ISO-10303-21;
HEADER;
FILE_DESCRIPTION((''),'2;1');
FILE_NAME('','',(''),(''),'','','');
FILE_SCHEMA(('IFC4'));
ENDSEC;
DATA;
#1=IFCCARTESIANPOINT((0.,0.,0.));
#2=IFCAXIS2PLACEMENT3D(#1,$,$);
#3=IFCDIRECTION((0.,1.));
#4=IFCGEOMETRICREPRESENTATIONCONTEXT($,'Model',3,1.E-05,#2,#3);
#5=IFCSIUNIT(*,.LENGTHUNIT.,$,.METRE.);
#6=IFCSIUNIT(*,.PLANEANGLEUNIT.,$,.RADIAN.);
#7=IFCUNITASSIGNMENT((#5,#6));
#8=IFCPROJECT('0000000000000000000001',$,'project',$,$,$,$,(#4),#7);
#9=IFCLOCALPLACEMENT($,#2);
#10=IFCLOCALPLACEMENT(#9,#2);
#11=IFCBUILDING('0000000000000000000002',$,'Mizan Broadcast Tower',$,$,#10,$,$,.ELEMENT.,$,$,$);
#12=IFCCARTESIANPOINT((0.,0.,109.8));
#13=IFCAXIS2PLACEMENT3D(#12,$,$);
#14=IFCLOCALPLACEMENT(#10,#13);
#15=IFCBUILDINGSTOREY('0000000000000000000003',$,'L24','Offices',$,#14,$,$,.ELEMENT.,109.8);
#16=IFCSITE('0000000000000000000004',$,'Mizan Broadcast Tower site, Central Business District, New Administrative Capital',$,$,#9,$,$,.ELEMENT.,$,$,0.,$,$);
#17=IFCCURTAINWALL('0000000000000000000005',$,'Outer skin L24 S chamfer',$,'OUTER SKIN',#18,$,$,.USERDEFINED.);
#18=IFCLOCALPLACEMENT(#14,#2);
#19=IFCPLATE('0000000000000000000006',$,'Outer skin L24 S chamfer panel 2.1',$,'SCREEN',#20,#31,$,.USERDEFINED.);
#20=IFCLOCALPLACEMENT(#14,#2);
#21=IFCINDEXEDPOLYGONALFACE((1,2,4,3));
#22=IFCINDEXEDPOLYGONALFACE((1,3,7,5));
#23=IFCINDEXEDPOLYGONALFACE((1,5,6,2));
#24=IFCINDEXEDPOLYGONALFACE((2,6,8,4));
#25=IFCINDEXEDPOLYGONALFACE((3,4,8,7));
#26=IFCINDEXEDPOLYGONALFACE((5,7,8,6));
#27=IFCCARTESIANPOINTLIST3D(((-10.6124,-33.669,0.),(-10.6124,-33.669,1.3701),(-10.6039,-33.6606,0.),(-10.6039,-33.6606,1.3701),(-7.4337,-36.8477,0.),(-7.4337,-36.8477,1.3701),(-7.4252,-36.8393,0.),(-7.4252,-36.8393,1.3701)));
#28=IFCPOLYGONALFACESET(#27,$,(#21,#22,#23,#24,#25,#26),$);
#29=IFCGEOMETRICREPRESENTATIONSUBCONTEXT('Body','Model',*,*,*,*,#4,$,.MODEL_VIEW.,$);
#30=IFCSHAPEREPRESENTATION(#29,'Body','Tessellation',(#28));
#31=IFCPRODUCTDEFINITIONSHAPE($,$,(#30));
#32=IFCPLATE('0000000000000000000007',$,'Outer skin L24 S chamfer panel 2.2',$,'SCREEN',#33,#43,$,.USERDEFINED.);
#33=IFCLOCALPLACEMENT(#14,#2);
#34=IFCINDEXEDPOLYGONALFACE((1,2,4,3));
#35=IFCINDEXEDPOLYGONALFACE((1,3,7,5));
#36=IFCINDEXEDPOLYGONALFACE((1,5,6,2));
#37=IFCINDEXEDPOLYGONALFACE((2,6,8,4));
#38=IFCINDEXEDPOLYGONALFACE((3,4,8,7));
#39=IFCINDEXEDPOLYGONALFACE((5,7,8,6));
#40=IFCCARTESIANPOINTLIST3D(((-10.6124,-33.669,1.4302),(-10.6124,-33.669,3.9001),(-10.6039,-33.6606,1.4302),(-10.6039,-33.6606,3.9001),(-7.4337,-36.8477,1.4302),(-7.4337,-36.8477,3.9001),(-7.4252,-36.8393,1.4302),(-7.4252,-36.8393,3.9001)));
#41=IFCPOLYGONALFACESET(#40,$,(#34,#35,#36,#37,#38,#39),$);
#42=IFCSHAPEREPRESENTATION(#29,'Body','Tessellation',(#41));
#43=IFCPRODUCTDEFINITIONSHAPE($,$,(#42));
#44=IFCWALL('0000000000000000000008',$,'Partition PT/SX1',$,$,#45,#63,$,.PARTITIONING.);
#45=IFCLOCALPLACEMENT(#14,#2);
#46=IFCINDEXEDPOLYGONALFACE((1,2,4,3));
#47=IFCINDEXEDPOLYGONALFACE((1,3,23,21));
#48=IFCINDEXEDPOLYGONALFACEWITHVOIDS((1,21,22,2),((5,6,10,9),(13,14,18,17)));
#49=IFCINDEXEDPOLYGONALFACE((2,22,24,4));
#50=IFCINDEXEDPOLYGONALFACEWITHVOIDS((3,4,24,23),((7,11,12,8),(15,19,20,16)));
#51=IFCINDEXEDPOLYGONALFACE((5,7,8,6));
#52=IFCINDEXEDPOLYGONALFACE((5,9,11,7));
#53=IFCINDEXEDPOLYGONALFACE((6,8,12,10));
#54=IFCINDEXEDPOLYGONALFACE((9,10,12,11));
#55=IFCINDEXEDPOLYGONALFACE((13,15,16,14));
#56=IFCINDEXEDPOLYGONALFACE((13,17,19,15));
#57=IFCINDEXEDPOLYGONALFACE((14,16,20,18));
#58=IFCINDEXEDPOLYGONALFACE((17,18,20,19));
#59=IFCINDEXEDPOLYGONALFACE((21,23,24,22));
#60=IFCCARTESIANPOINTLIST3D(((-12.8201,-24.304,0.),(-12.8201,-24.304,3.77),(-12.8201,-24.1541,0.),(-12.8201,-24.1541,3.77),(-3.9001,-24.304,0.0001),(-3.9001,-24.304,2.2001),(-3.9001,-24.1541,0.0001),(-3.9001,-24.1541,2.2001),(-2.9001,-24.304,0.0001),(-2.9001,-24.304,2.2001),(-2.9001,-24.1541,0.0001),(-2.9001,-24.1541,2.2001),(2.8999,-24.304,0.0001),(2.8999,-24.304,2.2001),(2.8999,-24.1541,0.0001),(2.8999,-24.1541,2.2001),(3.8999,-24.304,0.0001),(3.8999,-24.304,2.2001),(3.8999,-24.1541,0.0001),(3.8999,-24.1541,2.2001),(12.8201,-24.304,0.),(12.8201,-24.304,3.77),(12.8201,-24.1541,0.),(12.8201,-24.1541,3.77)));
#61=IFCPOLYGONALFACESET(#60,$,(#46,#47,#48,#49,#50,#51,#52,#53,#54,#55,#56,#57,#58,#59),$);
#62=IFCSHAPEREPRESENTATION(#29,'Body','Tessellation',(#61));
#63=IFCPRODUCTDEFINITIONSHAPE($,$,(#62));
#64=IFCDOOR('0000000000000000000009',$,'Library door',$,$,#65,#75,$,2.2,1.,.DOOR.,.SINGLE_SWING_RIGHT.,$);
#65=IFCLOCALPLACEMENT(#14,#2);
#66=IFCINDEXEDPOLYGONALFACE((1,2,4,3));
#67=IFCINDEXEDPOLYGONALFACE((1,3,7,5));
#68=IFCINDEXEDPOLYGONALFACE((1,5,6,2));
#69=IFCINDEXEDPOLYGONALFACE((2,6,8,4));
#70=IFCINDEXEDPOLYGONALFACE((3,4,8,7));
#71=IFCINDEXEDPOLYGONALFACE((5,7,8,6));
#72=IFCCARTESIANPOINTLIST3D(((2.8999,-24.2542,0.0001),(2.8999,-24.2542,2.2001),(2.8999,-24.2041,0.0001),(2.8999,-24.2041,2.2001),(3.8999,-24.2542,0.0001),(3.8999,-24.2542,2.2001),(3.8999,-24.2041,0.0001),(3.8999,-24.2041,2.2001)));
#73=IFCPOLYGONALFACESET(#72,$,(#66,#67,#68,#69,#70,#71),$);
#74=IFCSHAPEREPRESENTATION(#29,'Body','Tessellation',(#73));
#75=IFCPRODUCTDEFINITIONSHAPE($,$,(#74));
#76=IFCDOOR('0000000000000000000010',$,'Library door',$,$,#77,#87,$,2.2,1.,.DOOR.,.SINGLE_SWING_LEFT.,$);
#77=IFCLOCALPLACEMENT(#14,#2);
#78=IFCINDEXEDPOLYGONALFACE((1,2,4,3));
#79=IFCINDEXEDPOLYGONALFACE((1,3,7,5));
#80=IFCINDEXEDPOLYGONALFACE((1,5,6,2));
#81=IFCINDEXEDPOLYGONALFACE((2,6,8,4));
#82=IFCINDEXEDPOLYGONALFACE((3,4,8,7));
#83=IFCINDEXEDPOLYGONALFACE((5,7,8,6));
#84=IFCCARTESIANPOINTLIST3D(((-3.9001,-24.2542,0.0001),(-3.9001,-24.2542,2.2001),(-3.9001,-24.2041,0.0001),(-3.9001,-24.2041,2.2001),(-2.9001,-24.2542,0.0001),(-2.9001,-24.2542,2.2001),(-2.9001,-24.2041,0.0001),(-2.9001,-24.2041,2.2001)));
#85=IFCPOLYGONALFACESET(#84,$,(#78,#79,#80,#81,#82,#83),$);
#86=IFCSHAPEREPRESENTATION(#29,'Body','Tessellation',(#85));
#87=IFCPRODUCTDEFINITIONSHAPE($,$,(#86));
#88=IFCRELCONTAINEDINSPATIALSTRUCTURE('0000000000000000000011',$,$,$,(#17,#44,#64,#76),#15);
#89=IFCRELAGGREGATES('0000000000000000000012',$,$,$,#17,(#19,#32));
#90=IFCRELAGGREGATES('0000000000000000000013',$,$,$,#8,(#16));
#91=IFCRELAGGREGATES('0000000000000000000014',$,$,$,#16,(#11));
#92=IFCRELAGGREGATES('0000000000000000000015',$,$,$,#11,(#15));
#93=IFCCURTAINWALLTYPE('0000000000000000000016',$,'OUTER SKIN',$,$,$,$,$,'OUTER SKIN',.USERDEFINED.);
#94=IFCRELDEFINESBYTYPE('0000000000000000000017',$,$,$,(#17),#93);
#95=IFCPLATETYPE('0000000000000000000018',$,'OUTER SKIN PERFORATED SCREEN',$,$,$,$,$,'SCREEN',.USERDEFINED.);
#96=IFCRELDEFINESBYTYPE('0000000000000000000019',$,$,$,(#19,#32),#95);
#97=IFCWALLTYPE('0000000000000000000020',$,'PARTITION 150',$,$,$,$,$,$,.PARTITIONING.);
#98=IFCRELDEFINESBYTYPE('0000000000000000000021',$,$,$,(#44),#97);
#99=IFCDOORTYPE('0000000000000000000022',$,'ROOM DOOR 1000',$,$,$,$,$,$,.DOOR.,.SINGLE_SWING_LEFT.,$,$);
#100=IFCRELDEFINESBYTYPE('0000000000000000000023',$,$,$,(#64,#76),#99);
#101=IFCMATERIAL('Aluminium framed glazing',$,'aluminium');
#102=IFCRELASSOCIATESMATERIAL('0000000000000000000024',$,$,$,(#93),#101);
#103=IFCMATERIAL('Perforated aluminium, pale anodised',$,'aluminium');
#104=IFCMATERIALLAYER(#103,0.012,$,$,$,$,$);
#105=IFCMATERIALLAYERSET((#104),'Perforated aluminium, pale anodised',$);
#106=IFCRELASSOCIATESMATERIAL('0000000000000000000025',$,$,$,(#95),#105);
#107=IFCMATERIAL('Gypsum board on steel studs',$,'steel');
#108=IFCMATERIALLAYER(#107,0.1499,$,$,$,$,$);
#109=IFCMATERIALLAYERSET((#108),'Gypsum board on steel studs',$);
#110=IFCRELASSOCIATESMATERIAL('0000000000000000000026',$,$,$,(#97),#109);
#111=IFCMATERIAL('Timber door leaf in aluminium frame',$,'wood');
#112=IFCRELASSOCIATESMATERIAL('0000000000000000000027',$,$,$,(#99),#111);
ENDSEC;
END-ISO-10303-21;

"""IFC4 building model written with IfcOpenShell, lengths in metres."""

from ifc_helpers import new_model, si_unit, direction, frame, frame_2d, origin, origin_2d, place, context, subcontext, project, spatial, rectangle, extrude, material, layer, layer_set, type_object, element, fill, aggregate, save


model = new_model("IFC4")

# Units and contexts
model_context = context("Model", 3, precision=1e-05, world=origin(), true_north=direction((0.0, 1.0)))
body_context = subcontext(model_context, "Body", "Model", "MODEL_VIEW")
ifc_project = project(units=[si_unit("LENGTHUNIT", "METRE"), si_unit("PLANEANGLEUNIT", "RADIAN")], contexts=[model_context])

# Site, building, storey
site_placement = place(None, origin())
site = spatial("IfcSite", under=ifc_project, at=site_placement, Name="Mizan Broadcast Tower site, Central Business District, New Administrative Capital", CompositionType="ELEMENT", RefElevation=0.0)
building_placement = place(site_placement, origin())
building = spatial("IfcBuilding", under=site, at=building_placement, Name="Mizan Broadcast Tower", CompositionType="ELEMENT")
storey_placement = place(building_placement, frame((0.0, 0.0, 109.8)))
storey = spatial("IfcBuildingStorey", under=building, at=storey_placement, Name="L24", Description="Offices", CompositionType="ELEMENT", Elevation=109.8)

# Curtain wall
ifc_material_1 = material(Name="Aluminium framed glazing", Category="aluminium")
curtain_wall_type_1 = type_object("IfcCurtainWallType", Name="OUTER SKIN", ElementType="OUTER SKIN", PredefinedType="USERDEFINED", material=ifc_material_1)
curtain_wall_1_placement = place(storey_placement, origin())
curtain_wall_1 = element("IfcCurtainWall", 1, at=curtain_wall_1_placement, inside=storey, type_object=curtain_wall_type_1, Name="Outer skin L24 S chamfer", ObjectType="OUTER SKIN", PredefinedType="USERDEFINED")

# Plates
ifc_material_2 = material(Name="Perforated aluminium, pale anodised", Category="aluminium")
ifc_layer_1 = layer(ifc_material_2, 0.012)
ifc_layer_set_1 = layer_set([ifc_layer_1], Name="Perforated aluminium, pale anodised")
plate_type_1 = type_object("IfcPlateType", Name="OUTER SKIN PERFORATED SCREEN", ElementType="SCREEN", PredefinedType="USERDEFINED", material=ifc_layer_set_1)
plate_1_placement = place(storey_placement, frame((-9.0188, -35.2542, 0.0), z_axis=(0.0, 0.0, 1.0), x_axis=(0.707107, -0.707107, 0.0)))
plate_1 = element("IfcPlate", 2, at=plate_1_placement, type_object=plate_type_1, Name="Outer skin L24 S chamfer panel 2.1", ObjectType="SCREEN", PredefinedType="USERDEFINED", context=body_context, shape_type="SweptSolid", body=[
    extrude(rectangle(XDim=4.4954, YDim=0.012, at=origin_2d()), origin(), (0.0, 0.0, 1.0), 1.3701),
])
plate_2_placement = place(storey_placement, frame((-9.0188, -35.2542, 1.4302), z_axis=(0.0, 0.0, 1.0), x_axis=(0.707107, -0.707107, 0.0)))
plate_2 = element("IfcPlate", 3, at=plate_2_placement, type_object=plate_type_1, Name="Outer skin L24 S chamfer panel 2.2", ObjectType="SCREEN", PredefinedType="USERDEFINED", context=body_context, shape_type="SweptSolid", body=[
    extrude(rectangle(XDim=4.4954, YDim=0.012, at=origin_2d()), origin(), (0.0, 0.0, 1.0), 2.47),
])
aggregate(curtain_wall_1, [plate_1, plate_2])

# Wall, openings, doors
ifc_material_3 = material(Name="Gypsum board on steel studs", Category="steel")
ifc_layer_2 = layer(ifc_material_3, 0.1499)
ifc_layer_set_2 = layer_set([ifc_layer_2], Name="Gypsum board on steel studs")
wall_type = type_object("IfcWallType", Name="PARTITION 150", PredefinedType="PARTITIONING", material=ifc_layer_set_2)
wall_placement = place(storey_placement, frame((-12.8201, -24.229, 0.0), z_axis=(0.0, 0.0, 1.0), x_axis=(1.0, 0.0, 0.0)))
wall = element("IfcWall", 4, at=wall_placement, inside=storey, type_object=wall_type, Name="Partition PT/SX1", PredefinedType="PARTITIONING", context=body_context, shape_type="SweptSolid", body=[
    extrude(rectangle(XDim=25.6401, YDim=0.1499, at=frame_2d((12.8201, 0.0))), origin(), (0.0, 0.0, 1.0), 3.77),
])
opening_1_placement = place(wall_placement, frame((15.72, 0.0, 0.0)))
opening_1 = element("IfcOpeningElement", 5, at=opening_1_placement, cuts=wall, PredefinedType="OPENING", context=body_context, shape_type="SweptSolid", body=[
    extrude(rectangle(XDim=1.0, YDim=2.2, at=frame_2d((0.5, 1.1001))), frame((0.0, 0.085, 0.0), z_axis=(0.0, -1.0, 0.0), x_axis=(1.0, 0.0, 0.0)), (0.0, 0.0, 1.0), 0.1699),
])
opening_2_placement = place(wall_placement, frame((8.9199, 0.0, 0.0)))
opening_2 = element("IfcOpeningElement", 6, at=opening_2_placement, cuts=wall, PredefinedType="OPENING", context=body_context, shape_type="SweptSolid", body=[
    extrude(rectangle(XDim=1.0, YDim=2.2, at=frame_2d((0.5, 1.1001))), frame((0.0, 0.085, 0.0), z_axis=(0.0, -1.0, 0.0), x_axis=(1.0, 0.0, 0.0)), (0.0, 0.0, 1.0), 0.1699),
])
ifc_material_4 = material(Name="Timber door leaf in aluminium frame", Category="wood")
door_type = type_object("IfcDoorType", Name="ROOM DOOR 1000", OperationType="SINGLE_SWING_LEFT", PredefinedType="DOOR", material=ifc_material_4)
door_1_placement = place(opening_1_placement, origin())
door_1 = element("IfcDoor", 7, at=door_1_placement, inside=storey, type_object=door_type, Name="Library door", OperationType="SINGLE_SWING_RIGHT", OverallHeight=2.2, OverallWidth=1.0, PredefinedType="DOOR", context=body_context, shape_type="SweptSolid", body=[
    extrude(rectangle(XDim=1.0, YDim=2.2, at=frame_2d((0.5, 1.1001))), frame((0.0, 0.0249, 0.0), z_axis=(0.0, -1.0, 0.0), x_axis=(1.0, 0.0, 0.0)), (0.0, 0.0, 1.0), 0.05),
])
fill(opening_1, door_1)
door_2_placement = place(opening_2_placement, origin())
door_2 = element("IfcDoor", 8, at=door_2_placement, inside=storey, type_object=door_type, Name="Library door", OperationType="SINGLE_SWING_LEFT", OverallHeight=2.2, OverallWidth=1.0, PredefinedType="DOOR", context=body_context, shape_type="SweptSolid", body=[
    extrude(rectangle(XDim=1.0, YDim=2.2, at=frame_2d((0.5, 1.1001))), frame((0.0, 0.0249, 0.0), z_axis=(0.0, -1.0, 0.0), x_axis=(1.0, 0.0, 0.0)), (0.0, 0.0, 1.0), 0.05),
])
fill(opening_2, door_2)

save(model, "model.ifc")
